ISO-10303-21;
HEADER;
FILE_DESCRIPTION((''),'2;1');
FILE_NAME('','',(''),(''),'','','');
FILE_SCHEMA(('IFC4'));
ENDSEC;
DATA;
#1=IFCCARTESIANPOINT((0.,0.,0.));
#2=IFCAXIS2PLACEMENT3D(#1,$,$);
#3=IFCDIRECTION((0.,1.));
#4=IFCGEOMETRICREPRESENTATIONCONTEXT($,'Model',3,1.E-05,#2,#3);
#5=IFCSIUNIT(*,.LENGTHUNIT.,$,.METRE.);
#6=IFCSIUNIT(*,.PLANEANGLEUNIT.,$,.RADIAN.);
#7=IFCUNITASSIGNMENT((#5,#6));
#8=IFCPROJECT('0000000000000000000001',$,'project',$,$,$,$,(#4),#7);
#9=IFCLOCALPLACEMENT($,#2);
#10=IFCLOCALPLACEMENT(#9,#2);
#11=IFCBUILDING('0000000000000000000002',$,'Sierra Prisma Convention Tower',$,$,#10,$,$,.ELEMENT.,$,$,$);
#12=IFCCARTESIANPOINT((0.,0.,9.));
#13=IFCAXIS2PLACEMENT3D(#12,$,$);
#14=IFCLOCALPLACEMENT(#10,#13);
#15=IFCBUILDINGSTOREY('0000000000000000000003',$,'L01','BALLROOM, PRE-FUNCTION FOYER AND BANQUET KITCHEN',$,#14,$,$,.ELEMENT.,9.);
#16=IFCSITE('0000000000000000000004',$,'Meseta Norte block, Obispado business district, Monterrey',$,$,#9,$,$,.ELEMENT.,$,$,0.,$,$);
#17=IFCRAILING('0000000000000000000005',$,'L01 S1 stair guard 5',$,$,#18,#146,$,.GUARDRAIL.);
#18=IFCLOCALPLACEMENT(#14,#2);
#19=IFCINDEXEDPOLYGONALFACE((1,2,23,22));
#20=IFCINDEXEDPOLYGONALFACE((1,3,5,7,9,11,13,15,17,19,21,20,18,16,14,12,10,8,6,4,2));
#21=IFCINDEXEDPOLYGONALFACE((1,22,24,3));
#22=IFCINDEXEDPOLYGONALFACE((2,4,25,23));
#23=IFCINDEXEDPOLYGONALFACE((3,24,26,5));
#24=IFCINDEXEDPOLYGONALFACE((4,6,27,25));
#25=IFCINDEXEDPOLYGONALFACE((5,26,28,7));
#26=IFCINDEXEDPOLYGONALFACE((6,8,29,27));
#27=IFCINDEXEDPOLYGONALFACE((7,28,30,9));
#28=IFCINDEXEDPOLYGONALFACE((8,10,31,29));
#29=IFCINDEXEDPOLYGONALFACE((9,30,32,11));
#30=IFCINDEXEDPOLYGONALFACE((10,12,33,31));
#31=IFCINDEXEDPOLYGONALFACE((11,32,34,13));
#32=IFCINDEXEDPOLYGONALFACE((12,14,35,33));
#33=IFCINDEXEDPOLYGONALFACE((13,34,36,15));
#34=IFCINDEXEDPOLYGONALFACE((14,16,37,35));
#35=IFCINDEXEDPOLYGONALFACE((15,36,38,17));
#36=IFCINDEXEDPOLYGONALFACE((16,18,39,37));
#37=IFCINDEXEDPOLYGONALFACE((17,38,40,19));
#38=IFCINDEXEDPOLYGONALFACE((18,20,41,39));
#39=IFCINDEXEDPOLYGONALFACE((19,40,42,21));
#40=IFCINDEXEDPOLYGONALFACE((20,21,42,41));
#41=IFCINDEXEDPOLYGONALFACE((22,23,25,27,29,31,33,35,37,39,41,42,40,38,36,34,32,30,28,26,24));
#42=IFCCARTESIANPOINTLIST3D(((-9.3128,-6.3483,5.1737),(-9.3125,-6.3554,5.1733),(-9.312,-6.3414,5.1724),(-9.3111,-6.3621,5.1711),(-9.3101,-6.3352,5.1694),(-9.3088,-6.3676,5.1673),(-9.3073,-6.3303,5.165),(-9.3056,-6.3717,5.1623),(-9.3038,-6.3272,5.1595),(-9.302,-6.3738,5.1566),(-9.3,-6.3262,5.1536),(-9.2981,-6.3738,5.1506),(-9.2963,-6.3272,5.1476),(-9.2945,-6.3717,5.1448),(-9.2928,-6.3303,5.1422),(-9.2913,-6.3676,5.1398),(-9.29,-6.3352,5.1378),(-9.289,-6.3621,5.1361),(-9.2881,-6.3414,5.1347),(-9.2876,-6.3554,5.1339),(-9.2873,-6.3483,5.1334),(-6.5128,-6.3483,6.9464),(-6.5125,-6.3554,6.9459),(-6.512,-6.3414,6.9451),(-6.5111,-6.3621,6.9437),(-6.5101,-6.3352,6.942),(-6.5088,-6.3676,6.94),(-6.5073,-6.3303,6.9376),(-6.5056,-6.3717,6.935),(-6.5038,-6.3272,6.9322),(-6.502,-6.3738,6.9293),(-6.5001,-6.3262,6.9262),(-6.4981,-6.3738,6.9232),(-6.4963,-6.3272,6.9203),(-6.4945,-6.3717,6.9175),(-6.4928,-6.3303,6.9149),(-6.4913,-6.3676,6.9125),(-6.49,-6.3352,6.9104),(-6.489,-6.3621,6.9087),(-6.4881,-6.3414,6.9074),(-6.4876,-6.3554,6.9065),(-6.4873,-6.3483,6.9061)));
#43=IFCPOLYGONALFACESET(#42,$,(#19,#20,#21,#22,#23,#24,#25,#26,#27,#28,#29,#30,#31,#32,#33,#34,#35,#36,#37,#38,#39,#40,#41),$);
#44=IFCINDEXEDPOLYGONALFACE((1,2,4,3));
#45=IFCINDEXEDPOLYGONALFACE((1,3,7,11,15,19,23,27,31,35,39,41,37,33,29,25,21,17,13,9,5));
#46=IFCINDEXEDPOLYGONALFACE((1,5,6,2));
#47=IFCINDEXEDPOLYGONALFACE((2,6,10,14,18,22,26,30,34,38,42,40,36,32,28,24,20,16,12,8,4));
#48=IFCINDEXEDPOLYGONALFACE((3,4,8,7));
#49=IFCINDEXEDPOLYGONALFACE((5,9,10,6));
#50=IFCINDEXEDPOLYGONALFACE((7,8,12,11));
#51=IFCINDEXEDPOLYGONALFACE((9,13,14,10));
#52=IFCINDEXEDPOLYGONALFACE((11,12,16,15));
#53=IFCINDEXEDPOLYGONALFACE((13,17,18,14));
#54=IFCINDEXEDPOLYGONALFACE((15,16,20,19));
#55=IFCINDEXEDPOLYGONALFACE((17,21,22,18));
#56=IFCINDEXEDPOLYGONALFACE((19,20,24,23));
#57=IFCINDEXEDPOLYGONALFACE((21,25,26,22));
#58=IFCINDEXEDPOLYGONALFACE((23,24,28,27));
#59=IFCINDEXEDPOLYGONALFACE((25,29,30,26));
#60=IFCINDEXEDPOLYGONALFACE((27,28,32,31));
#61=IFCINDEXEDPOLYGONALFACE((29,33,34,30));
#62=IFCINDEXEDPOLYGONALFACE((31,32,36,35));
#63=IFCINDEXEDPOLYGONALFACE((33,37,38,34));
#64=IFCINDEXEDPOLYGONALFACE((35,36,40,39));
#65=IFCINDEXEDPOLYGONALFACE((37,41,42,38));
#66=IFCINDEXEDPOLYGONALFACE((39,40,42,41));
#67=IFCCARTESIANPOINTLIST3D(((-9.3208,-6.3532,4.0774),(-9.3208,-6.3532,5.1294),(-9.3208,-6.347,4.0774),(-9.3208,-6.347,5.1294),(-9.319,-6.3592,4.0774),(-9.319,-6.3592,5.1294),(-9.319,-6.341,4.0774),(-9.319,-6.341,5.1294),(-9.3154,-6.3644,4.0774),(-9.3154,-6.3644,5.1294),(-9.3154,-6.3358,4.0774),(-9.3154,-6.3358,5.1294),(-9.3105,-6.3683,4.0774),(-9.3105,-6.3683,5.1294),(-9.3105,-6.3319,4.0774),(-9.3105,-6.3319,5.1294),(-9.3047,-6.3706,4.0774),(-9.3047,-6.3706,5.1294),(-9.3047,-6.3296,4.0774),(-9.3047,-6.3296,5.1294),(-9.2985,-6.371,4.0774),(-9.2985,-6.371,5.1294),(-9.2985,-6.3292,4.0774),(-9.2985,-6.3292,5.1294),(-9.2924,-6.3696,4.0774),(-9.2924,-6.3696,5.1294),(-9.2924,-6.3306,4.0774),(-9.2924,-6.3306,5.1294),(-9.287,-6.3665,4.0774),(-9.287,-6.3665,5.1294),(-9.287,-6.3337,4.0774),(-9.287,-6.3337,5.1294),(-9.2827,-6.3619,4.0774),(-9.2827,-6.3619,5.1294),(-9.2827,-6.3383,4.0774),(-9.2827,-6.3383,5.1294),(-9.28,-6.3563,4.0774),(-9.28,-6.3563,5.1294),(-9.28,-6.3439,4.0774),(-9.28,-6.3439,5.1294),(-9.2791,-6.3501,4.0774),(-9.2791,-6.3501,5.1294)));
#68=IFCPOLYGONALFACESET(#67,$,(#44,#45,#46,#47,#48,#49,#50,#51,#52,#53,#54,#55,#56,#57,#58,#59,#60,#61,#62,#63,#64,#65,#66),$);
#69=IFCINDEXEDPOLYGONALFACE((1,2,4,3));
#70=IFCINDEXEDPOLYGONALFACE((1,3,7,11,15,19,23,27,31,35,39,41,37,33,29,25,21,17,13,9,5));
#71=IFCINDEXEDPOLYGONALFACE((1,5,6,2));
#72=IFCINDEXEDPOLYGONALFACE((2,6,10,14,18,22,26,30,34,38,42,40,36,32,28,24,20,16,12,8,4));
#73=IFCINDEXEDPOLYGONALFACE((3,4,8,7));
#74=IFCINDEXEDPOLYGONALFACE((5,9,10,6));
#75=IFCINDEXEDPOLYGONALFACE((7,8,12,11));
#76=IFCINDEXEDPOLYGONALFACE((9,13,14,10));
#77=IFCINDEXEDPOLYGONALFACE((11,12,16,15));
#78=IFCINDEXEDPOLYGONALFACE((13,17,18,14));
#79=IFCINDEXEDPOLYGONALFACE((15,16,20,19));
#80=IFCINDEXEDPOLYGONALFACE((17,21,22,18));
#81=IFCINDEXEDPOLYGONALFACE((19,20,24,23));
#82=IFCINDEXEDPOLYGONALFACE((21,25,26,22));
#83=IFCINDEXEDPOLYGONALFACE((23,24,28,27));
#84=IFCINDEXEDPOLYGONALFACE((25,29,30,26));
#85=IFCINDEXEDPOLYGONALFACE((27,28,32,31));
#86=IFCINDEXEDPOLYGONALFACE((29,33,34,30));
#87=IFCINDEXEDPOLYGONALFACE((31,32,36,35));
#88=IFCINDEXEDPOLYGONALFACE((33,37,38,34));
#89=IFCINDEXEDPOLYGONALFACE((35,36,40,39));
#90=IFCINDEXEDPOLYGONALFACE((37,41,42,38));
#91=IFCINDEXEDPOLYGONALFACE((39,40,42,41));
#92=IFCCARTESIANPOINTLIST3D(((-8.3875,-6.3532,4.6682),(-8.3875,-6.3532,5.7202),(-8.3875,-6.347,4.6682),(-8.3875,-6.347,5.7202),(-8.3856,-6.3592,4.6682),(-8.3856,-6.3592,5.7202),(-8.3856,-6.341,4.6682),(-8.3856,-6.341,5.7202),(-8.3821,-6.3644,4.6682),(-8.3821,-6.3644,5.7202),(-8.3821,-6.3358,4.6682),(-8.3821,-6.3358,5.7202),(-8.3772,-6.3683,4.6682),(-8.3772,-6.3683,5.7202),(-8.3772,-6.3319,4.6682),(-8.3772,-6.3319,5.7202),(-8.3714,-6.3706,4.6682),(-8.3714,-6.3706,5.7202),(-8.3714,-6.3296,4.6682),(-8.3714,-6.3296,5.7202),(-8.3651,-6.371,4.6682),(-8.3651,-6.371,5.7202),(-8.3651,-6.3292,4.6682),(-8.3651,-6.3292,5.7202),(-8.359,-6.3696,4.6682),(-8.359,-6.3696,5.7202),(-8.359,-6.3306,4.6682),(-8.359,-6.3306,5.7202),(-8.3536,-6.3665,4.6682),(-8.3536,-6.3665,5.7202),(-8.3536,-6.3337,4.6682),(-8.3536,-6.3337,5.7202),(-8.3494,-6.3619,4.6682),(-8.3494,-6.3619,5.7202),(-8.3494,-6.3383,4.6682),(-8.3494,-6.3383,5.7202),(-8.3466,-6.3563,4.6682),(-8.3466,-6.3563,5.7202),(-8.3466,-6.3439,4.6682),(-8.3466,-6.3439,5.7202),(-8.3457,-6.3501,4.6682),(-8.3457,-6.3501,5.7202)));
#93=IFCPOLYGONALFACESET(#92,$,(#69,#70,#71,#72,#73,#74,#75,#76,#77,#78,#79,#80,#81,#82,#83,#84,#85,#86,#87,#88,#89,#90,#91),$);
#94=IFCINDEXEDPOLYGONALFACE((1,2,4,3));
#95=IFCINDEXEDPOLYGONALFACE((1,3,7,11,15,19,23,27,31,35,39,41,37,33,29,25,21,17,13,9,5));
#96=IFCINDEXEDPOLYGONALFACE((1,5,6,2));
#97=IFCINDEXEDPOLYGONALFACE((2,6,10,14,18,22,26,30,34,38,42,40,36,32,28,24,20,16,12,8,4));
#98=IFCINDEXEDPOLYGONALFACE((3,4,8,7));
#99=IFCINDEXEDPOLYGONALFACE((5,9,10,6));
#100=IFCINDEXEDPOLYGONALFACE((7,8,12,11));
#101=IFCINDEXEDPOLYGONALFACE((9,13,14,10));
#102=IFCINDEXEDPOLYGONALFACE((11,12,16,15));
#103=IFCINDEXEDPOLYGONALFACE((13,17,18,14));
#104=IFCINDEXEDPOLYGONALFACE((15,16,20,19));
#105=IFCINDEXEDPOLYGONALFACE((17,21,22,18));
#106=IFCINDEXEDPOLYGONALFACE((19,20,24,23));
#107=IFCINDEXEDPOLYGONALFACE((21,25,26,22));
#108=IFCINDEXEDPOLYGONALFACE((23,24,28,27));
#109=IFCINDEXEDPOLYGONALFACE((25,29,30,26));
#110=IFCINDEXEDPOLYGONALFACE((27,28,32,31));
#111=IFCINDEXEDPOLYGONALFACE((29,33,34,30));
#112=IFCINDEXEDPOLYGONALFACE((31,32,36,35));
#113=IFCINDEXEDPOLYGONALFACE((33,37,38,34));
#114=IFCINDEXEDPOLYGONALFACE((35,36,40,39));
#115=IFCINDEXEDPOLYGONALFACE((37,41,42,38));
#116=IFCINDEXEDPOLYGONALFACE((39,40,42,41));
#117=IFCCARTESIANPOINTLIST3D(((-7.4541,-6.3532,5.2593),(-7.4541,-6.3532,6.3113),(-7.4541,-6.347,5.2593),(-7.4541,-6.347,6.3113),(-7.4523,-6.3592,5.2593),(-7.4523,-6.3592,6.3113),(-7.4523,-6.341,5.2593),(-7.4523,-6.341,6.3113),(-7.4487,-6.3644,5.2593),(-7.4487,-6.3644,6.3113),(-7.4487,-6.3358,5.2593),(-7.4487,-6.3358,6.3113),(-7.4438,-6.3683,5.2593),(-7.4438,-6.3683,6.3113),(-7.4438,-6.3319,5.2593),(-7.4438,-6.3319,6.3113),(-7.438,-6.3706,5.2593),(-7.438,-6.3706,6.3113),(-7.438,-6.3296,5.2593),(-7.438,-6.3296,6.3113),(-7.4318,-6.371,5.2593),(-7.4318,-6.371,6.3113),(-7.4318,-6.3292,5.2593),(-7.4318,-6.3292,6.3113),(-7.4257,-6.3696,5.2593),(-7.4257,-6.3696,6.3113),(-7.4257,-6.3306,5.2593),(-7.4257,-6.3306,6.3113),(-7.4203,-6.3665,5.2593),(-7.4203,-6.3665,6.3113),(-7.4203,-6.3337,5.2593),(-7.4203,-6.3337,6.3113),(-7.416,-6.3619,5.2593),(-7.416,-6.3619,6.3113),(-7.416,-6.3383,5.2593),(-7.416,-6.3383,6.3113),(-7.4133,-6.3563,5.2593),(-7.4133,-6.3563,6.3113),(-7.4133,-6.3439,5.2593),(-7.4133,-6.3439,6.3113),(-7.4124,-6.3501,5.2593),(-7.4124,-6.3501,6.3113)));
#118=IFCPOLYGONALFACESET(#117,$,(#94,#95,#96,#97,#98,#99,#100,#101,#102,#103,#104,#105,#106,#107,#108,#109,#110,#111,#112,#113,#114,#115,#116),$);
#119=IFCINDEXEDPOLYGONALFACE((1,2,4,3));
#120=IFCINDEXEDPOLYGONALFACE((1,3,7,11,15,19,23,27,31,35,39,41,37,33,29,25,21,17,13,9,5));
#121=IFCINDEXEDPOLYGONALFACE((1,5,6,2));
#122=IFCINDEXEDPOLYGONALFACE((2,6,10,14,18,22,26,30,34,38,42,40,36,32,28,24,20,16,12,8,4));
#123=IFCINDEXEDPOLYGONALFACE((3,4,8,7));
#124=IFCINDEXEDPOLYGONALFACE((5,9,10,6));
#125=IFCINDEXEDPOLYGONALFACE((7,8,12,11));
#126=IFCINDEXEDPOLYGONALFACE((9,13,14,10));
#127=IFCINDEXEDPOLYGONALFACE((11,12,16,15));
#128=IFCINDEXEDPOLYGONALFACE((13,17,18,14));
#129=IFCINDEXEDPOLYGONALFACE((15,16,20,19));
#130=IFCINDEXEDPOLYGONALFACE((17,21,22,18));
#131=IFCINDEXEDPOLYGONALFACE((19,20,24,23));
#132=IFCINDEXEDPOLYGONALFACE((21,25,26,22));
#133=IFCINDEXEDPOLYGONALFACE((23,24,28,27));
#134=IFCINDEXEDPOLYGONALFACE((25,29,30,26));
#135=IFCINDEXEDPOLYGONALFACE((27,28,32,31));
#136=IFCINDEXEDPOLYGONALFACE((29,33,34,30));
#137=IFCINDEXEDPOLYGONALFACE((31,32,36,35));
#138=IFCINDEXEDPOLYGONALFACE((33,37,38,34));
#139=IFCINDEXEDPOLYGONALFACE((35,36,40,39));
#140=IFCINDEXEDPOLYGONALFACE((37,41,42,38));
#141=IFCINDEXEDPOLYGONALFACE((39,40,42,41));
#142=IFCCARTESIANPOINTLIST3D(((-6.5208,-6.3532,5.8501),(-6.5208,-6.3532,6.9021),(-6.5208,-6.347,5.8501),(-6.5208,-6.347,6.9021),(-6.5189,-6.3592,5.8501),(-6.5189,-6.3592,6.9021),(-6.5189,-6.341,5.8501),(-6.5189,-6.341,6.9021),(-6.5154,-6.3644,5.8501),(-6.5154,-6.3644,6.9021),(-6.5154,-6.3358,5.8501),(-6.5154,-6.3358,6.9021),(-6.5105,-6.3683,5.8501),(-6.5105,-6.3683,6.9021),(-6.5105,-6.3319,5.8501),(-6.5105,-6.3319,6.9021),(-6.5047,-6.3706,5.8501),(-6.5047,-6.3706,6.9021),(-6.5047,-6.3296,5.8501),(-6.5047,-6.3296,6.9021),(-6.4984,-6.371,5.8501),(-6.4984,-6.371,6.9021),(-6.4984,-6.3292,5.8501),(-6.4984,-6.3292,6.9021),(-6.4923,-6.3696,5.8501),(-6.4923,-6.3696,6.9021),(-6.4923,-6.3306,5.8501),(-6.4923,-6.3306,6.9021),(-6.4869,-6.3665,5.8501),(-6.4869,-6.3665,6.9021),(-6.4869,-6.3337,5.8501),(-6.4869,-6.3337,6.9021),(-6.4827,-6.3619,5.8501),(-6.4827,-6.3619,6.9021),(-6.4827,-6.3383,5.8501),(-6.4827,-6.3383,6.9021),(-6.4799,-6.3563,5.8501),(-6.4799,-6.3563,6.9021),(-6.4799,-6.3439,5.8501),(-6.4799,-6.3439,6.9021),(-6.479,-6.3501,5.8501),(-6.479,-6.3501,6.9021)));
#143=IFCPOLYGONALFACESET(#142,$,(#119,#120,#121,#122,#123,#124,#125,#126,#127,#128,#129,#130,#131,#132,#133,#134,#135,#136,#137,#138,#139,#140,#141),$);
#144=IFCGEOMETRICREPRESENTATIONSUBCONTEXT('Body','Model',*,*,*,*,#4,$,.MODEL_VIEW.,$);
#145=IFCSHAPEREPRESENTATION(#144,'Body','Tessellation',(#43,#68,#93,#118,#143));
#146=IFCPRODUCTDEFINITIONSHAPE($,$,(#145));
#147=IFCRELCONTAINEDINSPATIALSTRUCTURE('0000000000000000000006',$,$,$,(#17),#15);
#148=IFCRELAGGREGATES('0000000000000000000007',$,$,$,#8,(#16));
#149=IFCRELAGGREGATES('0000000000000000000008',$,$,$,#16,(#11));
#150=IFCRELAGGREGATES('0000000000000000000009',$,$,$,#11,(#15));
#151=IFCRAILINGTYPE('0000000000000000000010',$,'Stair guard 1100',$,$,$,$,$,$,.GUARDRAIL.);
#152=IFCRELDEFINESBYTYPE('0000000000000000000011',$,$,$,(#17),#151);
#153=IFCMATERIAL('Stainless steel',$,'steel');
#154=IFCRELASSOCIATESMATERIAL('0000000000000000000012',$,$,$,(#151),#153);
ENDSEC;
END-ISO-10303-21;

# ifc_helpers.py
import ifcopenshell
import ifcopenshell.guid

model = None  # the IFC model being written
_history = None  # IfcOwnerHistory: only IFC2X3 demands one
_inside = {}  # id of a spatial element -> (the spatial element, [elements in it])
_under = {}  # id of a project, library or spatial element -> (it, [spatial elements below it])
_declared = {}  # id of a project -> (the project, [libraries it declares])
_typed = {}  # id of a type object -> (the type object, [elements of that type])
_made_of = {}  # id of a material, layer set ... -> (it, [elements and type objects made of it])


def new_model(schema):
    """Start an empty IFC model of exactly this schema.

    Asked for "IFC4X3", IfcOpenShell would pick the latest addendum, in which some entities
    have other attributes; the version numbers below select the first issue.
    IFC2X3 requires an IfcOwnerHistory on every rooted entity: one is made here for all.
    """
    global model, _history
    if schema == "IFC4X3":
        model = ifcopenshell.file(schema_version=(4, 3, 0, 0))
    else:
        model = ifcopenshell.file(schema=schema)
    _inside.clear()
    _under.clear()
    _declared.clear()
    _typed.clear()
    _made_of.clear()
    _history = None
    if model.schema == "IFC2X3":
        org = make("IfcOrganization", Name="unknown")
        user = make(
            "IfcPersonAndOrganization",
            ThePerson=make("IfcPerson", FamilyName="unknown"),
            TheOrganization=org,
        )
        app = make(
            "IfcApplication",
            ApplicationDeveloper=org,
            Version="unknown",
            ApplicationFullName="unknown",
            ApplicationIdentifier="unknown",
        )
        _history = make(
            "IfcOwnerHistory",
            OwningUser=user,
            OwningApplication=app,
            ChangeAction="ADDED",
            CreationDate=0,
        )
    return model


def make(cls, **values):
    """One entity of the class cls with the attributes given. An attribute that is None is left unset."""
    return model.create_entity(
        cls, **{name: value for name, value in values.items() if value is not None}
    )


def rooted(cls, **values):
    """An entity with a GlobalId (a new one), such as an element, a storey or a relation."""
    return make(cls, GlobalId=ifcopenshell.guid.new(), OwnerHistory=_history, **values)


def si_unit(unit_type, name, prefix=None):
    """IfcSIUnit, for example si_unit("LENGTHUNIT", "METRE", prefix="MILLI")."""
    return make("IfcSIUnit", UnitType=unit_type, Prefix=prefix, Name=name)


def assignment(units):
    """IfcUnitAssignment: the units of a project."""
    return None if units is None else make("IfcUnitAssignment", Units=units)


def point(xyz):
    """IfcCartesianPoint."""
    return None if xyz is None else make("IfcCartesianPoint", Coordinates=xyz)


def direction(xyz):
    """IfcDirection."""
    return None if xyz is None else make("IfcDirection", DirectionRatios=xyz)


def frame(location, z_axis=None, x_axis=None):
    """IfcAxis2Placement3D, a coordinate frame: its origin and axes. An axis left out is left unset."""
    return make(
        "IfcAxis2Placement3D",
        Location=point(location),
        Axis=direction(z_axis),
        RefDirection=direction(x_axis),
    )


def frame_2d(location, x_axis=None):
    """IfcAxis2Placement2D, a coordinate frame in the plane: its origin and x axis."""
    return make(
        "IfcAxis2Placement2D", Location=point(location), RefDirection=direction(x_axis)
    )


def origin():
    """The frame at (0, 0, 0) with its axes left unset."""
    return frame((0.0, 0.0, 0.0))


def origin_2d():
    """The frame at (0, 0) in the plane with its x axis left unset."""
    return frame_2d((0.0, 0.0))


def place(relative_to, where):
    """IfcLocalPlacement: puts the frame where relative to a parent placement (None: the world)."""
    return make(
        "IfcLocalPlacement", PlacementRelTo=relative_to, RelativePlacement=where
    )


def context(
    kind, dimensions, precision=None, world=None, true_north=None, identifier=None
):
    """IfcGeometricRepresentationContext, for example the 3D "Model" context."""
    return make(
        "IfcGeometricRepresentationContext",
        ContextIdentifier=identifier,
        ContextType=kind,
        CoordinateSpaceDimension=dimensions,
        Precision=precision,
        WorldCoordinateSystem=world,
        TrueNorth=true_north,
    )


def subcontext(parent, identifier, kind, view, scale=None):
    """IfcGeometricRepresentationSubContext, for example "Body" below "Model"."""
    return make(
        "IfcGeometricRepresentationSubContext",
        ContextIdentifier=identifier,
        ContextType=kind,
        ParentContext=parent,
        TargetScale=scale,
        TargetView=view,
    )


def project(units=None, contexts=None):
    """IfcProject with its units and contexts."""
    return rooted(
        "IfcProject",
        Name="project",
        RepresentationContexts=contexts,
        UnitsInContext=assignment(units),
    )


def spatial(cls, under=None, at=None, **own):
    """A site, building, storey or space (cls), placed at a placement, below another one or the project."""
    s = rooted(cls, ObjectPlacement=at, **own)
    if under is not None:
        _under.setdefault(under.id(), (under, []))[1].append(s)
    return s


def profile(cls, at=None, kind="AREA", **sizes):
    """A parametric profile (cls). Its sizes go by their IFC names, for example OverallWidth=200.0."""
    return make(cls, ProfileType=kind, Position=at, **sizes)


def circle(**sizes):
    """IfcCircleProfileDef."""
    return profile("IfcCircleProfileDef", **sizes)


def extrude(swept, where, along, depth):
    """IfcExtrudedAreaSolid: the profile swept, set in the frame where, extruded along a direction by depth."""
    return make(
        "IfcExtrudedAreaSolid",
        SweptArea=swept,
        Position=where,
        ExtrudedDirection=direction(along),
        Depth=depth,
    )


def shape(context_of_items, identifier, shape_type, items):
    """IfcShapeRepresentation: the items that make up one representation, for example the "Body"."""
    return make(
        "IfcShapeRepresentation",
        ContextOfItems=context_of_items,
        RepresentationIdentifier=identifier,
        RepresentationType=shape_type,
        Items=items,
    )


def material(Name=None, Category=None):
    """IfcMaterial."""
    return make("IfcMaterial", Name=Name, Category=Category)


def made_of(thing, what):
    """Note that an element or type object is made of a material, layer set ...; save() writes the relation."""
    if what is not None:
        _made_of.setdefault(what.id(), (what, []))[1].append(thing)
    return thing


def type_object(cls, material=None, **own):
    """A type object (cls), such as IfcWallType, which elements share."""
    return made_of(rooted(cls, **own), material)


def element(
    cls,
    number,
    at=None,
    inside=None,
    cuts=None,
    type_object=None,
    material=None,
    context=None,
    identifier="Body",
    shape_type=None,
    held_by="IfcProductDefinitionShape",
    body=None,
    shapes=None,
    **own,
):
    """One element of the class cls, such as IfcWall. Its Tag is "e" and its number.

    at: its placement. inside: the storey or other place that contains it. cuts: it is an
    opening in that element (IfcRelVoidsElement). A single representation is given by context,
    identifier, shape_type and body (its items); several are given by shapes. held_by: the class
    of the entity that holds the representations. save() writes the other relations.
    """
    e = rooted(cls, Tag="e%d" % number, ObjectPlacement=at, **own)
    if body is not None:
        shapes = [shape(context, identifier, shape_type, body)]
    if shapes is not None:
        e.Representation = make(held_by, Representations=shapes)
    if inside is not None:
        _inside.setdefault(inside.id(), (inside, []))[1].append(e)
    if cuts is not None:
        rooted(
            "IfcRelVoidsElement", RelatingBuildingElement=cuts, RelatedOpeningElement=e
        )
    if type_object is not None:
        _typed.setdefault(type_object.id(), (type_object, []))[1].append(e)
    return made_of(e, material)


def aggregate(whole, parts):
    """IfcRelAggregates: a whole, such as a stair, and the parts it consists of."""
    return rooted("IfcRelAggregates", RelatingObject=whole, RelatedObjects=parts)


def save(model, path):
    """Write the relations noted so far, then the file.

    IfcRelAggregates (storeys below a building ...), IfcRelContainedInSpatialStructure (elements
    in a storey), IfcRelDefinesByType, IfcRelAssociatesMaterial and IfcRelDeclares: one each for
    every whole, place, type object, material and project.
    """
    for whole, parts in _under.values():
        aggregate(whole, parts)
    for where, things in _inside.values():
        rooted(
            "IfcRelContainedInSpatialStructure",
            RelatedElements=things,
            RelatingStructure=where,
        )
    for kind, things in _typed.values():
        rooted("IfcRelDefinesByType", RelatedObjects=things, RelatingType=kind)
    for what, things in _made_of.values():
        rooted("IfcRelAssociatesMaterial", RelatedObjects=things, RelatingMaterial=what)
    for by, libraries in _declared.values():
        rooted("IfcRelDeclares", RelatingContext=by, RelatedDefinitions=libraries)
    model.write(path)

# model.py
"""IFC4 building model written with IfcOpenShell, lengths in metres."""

from ifc_helpers import new_model, si_unit, direction, frame, origin, origin_2d, place, context, subcontext, project, spatial, circle, extrude, material, type_object, element, save


model = new_model("IFC4")

# Units and contexts
model_context = context("Model", 3, precision=1e-05, world=origin(), true_north=direction((0.0, 1.0)))
body_context = subcontext(model_context, "Body", "Model", "MODEL_VIEW")
ifc_project = project(units=[si_unit("LENGTHUNIT", "METRE"), si_unit("PLANEANGLEUNIT", "RADIAN")], contexts=[model_context])

# Site, building, storey
site_placement = place(None, origin())
site = spatial("IfcSite", under=ifc_project, at=site_placement, Name="Meseta Norte block, Obispado business district, Monterrey", CompositionType="ELEMENT", RefElevation=0.0)
building_placement = place(site_placement, origin())
building = spatial("IfcBuilding", under=site, at=building_placement, Name="Sierra Prisma Convention Tower", CompositionType="ELEMENT")
storey_placement = place(building_placement, frame((0.0, 0.0, 9.0)))
storey = spatial("IfcBuildingStorey", under=building, at=storey_placement, Name="L01", Description="BALLROOM, PRE-FUNCTION FOYER AND BANQUET KITCHEN", CompositionType="ELEMENT", Elevation=9.0)

# Railing
ifc_material_1 = material(Name="Stainless steel", Category="steel")
railing_type_1 = type_object("IfcRailingType", Name="Stair guard 1100", PredefinedType="GUARDRAIL", material=ifc_material_1)
railing_1_placement = place(storey_placement, frame((-9.3, -6.3501, 4.0774)))
element("IfcRailing", 1, at=railing_1_placement, inside=storey, type_object=railing_type_1, Name="L01 S1 stair guard 5", PredefinedType="GUARDRAIL", context=body_context, shape_type="SweptSolid", body=[
    extrude(circle(Radius=0.0239, at=origin_2d()), frame((0.0, 0.0, 1.0762), z_axis=(0.844909, 0.0, 0.53491), x_axis=(0.0, 1.0, 0.0)), (0.0, 0.0, 1.0), 3.314),
    extrude(circle(Radius=0.021, at=origin_2d()), origin(), (0.0, 0.0, 1.0), 1.052),
    extrude(circle(Radius=0.021, at=origin_2d()), frame((0.9333, 0.0, 0.5908)), (0.0, 0.0, 1.0), 1.052),
    extrude(circle(Radius=0.021, at=origin_2d()), frame((1.8667, 0.0, 1.1819)), (0.0, 0.0, 1.0), 1.052),
    extrude(circle(Radius=0.021, at=origin_2d()), frame((2.8, 0.0, 1.7727)), (0.0, 0.0, 1.0), 1.052),
])

save(model, "model.ifc")
